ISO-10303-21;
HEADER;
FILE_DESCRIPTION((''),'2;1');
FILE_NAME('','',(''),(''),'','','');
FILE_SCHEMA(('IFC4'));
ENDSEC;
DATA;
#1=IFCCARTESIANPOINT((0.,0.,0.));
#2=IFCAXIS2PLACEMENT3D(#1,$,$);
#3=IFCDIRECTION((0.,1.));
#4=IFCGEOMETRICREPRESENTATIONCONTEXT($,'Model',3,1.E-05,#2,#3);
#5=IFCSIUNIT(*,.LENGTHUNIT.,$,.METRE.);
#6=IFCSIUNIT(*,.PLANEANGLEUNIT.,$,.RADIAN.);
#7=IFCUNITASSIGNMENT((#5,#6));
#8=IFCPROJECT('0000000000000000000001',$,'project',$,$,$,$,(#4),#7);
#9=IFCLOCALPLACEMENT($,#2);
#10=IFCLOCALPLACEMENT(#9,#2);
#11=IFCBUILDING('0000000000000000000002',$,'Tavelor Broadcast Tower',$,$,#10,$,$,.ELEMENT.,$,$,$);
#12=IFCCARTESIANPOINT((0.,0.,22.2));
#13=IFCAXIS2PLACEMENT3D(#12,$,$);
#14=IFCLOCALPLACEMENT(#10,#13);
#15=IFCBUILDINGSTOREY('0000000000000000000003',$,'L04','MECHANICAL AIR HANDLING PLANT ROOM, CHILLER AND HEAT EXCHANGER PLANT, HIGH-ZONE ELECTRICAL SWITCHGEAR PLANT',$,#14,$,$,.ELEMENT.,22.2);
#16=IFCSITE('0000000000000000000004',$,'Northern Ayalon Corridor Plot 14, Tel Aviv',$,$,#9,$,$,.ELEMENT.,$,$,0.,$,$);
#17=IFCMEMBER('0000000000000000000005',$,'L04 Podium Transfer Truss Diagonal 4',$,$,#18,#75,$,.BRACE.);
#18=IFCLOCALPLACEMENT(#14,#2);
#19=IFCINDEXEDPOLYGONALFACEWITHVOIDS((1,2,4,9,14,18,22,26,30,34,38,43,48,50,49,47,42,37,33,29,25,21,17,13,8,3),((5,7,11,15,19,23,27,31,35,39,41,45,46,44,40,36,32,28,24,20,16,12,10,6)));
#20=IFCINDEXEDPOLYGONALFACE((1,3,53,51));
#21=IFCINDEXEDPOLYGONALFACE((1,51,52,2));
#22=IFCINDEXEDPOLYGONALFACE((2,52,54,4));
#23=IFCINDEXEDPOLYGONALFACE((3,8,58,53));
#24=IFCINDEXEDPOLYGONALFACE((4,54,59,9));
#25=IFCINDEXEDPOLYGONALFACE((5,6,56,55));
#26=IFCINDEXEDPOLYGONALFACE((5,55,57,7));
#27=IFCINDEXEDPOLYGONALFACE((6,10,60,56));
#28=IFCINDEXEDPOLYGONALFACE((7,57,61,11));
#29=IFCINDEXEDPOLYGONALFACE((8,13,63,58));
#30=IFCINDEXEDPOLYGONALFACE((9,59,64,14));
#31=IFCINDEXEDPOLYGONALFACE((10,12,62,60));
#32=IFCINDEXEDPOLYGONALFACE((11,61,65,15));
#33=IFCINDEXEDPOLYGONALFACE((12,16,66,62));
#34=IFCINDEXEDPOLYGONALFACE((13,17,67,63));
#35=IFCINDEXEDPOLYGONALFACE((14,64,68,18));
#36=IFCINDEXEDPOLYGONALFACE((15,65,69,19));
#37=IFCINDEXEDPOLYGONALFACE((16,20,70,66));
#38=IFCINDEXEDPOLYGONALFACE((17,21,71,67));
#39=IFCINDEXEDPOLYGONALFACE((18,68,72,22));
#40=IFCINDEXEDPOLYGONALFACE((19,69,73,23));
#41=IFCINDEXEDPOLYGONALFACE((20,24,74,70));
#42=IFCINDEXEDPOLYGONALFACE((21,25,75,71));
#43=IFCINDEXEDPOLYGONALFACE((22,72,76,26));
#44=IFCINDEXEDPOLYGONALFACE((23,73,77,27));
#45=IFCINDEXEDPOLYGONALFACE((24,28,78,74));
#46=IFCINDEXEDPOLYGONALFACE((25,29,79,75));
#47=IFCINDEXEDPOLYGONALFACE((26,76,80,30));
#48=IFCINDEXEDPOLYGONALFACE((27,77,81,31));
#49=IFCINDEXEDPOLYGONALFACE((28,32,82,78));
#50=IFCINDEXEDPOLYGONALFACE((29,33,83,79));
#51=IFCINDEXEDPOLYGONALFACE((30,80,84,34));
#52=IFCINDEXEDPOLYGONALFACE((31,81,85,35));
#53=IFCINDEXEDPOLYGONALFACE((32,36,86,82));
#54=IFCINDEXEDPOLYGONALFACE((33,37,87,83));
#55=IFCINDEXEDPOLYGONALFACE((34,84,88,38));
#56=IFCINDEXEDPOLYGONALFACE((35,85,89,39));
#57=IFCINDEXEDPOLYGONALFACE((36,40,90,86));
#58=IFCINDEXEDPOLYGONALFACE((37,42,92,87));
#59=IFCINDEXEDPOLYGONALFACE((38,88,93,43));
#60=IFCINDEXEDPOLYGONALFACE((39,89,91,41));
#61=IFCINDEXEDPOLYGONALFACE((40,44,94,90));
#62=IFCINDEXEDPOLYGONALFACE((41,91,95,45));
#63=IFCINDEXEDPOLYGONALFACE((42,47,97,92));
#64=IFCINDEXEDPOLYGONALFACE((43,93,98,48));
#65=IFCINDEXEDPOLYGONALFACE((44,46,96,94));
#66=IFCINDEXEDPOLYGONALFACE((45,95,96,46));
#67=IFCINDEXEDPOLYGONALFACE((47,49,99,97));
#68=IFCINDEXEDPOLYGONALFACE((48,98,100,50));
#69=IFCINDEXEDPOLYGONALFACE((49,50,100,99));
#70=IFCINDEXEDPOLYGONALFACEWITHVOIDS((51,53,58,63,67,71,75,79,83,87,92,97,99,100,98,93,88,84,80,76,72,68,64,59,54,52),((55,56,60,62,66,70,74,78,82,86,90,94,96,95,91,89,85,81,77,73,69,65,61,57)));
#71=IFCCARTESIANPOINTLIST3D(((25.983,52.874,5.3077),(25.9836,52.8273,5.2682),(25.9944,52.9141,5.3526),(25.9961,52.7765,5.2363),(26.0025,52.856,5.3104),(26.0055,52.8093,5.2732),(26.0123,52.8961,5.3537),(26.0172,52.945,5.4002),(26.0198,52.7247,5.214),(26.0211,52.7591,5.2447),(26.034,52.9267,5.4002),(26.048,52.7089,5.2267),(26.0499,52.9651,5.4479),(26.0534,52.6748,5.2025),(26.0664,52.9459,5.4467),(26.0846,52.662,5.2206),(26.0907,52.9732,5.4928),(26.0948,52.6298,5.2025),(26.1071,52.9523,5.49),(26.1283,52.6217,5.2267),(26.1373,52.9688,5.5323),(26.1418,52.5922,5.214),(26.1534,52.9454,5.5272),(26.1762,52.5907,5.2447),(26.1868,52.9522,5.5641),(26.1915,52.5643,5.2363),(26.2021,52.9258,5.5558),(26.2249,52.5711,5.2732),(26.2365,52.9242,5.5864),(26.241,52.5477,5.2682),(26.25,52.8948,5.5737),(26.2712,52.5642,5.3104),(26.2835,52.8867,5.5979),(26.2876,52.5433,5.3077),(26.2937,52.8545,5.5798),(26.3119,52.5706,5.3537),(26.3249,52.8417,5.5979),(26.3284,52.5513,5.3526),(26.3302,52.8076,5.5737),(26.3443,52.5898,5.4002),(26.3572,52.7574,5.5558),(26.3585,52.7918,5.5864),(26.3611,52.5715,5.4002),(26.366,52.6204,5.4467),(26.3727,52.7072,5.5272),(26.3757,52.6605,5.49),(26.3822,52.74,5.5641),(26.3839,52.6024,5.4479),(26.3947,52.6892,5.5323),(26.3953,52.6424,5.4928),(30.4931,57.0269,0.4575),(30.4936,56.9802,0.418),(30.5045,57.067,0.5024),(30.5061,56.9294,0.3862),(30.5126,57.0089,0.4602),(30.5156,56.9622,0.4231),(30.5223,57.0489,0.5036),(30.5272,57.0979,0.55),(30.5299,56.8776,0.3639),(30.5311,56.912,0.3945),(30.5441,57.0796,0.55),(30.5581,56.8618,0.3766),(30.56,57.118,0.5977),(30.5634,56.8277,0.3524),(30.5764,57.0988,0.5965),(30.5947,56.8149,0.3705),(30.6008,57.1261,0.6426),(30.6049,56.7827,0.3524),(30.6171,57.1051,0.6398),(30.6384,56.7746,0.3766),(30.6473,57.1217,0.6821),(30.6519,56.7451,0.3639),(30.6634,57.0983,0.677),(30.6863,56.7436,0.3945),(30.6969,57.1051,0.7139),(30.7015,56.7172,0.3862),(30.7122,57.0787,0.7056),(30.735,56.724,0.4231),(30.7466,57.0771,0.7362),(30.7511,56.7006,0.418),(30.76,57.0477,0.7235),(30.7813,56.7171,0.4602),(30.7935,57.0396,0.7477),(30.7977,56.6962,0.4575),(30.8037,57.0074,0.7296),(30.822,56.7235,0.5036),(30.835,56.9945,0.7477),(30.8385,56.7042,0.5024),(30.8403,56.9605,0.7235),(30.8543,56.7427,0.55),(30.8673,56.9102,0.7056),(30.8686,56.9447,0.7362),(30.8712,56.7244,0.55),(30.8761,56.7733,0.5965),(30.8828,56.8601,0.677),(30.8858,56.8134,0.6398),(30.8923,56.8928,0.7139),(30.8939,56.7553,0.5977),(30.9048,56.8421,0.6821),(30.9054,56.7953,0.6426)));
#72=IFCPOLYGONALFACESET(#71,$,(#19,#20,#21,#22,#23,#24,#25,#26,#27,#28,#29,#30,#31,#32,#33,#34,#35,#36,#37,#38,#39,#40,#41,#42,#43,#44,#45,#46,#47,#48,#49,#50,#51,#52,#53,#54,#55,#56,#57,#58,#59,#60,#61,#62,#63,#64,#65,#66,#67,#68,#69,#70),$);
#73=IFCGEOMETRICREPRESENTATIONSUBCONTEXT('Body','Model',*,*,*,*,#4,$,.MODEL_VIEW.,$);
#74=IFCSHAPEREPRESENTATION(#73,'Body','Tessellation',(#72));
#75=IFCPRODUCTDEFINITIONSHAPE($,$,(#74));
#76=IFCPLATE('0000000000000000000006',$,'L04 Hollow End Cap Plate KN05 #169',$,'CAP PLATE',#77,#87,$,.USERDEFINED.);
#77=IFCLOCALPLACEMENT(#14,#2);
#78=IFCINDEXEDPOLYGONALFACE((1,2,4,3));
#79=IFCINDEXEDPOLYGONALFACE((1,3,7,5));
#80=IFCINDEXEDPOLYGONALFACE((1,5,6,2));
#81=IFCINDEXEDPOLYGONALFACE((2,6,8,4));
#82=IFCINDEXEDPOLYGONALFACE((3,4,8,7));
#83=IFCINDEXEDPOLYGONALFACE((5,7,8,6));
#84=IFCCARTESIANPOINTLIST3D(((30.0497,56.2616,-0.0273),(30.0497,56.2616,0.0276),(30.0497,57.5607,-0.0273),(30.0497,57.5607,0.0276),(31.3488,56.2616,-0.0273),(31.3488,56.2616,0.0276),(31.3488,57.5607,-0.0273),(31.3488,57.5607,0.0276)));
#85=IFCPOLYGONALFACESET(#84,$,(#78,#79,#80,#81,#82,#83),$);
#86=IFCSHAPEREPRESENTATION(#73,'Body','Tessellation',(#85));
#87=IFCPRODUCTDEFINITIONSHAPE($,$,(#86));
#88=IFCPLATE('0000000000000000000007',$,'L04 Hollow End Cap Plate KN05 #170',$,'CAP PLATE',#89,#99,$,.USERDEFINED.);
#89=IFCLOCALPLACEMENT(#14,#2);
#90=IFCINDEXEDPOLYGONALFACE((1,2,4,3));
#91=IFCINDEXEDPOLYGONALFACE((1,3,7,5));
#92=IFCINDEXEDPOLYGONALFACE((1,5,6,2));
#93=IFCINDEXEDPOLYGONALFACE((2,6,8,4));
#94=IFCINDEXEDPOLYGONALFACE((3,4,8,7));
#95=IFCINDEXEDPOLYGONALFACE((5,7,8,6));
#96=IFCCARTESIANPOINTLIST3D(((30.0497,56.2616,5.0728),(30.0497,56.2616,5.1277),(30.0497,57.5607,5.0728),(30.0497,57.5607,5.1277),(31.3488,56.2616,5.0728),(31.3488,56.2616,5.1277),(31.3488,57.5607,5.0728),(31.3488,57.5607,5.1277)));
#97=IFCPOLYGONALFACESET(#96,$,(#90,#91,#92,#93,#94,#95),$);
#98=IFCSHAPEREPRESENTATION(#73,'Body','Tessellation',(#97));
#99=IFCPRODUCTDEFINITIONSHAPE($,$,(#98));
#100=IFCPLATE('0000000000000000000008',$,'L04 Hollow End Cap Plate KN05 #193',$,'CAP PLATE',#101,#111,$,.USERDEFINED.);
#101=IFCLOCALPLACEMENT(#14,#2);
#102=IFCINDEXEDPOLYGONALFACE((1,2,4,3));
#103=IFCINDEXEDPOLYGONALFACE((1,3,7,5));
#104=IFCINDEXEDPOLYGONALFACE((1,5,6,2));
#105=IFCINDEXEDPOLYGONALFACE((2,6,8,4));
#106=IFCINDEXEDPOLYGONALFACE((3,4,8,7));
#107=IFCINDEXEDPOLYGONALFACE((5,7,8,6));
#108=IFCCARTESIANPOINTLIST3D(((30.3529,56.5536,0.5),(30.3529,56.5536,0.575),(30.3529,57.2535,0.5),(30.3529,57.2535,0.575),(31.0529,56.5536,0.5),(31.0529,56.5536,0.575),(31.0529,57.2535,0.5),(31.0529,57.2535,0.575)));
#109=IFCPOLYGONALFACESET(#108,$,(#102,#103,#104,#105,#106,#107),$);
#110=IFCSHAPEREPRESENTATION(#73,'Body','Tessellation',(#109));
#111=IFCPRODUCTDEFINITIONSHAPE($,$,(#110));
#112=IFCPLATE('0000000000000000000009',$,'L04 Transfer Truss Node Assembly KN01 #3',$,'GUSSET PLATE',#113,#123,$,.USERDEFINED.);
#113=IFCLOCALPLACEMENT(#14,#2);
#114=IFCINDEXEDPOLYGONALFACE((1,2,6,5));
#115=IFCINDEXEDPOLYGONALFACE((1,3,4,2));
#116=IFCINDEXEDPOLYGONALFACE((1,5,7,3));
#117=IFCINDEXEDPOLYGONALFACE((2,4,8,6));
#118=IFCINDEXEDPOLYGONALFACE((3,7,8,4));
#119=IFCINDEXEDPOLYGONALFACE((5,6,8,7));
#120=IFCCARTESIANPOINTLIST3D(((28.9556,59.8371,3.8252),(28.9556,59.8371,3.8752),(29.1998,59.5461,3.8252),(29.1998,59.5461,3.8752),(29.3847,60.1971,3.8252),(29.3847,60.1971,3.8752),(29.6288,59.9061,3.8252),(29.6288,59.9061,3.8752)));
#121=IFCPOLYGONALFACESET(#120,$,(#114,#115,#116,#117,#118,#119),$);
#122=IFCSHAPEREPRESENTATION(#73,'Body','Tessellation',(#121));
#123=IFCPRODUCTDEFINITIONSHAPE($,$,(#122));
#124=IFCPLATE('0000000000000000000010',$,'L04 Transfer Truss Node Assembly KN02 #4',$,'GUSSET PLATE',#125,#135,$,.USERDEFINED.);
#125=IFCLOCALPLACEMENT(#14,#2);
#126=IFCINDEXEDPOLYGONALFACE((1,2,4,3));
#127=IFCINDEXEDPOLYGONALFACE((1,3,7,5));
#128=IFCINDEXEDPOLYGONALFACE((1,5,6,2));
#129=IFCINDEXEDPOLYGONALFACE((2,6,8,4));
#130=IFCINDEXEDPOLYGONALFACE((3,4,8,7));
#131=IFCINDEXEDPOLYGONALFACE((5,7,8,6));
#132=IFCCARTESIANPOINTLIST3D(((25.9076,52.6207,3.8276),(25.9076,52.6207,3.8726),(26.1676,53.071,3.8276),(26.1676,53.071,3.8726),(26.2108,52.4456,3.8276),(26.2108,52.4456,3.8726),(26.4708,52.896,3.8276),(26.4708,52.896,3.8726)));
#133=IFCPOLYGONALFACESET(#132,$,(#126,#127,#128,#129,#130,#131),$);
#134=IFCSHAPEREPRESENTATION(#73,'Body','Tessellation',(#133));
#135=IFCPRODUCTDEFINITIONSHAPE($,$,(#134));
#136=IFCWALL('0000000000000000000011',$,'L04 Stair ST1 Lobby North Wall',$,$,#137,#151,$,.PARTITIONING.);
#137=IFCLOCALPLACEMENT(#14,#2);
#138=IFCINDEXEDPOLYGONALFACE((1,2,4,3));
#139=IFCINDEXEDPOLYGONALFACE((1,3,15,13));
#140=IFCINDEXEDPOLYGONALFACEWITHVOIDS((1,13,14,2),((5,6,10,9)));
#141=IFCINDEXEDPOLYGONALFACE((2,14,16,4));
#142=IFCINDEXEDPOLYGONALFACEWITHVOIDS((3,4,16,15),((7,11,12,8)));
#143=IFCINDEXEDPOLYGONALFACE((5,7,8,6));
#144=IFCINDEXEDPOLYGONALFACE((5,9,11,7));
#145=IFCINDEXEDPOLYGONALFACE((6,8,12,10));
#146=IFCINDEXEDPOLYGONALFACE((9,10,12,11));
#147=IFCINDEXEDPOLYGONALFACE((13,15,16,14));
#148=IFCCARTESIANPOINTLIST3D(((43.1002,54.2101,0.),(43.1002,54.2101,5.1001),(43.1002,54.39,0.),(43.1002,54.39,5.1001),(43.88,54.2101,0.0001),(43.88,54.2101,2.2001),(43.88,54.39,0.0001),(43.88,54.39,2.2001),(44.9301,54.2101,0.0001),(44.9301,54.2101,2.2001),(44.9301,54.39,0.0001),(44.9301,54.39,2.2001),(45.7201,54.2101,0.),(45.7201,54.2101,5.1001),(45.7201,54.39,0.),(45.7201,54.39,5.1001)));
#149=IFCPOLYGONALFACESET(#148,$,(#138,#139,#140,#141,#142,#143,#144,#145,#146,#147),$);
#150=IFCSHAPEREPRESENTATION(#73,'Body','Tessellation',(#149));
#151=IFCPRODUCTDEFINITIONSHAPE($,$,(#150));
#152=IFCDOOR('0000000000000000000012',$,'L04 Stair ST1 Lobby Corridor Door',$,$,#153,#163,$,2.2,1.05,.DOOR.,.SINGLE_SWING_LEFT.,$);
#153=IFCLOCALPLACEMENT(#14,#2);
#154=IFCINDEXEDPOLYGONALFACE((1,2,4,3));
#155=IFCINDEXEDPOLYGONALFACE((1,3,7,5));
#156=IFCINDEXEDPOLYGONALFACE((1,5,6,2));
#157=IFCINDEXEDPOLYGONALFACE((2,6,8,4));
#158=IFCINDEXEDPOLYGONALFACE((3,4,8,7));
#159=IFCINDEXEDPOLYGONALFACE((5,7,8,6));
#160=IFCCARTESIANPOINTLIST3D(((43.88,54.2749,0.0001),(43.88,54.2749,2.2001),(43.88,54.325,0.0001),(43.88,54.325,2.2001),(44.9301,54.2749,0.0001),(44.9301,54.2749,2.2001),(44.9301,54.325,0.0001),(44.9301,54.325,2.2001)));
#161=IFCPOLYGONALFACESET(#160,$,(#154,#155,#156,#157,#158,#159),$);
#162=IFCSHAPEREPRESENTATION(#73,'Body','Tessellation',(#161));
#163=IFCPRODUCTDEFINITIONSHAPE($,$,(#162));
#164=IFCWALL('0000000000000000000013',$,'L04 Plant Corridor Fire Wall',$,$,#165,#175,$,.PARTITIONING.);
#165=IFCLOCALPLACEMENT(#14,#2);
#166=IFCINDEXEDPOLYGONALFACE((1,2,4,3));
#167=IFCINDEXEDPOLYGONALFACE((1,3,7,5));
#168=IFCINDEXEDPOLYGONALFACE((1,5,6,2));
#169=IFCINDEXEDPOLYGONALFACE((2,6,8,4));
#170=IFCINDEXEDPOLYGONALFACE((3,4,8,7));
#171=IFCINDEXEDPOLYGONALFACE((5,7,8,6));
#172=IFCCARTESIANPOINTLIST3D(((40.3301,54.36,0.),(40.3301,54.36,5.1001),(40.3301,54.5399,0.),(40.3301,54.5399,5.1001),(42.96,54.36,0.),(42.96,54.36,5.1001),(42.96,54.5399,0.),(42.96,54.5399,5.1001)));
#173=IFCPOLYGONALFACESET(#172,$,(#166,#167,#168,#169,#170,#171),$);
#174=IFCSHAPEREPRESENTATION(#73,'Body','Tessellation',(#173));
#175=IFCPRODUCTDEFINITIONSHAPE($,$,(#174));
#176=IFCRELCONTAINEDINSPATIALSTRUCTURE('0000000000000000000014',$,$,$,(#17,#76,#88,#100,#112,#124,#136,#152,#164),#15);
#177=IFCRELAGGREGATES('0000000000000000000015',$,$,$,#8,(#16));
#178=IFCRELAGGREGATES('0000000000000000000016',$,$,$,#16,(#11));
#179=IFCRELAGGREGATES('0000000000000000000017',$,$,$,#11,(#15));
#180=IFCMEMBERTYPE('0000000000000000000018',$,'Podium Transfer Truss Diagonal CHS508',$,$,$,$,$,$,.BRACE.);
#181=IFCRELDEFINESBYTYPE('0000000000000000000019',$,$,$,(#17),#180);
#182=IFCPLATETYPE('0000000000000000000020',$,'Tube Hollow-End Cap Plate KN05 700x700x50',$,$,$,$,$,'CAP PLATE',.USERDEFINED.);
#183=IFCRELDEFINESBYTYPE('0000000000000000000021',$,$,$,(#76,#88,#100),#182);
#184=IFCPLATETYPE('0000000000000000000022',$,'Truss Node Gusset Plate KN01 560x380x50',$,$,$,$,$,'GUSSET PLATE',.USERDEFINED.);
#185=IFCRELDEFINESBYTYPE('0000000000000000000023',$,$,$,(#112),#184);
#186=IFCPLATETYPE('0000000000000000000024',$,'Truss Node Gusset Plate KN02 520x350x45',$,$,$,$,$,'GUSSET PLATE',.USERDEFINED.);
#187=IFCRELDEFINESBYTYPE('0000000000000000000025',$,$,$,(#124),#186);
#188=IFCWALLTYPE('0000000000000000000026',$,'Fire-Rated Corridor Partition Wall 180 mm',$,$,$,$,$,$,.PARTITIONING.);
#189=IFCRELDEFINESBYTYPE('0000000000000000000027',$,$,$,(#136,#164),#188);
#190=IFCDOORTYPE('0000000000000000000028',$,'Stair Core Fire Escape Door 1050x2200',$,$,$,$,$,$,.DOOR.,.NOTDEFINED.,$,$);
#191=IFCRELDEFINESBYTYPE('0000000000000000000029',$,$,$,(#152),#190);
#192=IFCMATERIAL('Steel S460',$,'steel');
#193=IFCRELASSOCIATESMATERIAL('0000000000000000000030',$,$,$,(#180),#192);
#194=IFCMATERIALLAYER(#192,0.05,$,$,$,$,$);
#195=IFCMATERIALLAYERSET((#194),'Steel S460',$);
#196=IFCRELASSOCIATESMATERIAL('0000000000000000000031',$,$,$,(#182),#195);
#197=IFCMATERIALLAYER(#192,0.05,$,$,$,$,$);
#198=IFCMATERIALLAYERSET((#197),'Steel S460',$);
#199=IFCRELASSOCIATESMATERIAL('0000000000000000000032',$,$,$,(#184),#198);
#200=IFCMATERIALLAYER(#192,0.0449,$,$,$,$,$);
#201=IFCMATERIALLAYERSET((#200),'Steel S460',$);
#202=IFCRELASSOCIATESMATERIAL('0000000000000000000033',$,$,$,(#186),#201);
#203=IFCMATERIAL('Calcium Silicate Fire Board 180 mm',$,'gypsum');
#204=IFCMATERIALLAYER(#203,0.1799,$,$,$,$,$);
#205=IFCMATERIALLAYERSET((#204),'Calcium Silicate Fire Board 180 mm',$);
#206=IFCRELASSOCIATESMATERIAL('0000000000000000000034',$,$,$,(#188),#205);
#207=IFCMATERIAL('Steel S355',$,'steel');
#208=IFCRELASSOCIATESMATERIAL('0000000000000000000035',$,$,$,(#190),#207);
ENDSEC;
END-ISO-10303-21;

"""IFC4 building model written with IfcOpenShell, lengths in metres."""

from ifc_helpers import new_model, si_unit, direction, frame, frame_2d, origin, origin_2d, place, context, subcontext, project, spatial, rectangle, hollow_circle, extrude, source, transform, mapped, material, layer, layer_set, material_profile, profile_set, type_object, type_shapes, element, fill, save


model = new_model("IFC4")

# Units and contexts
model_context = context("Model", 3, precision=1e-05, world=origin(), true_north=direction((0.0, 1.0)))
body_context = subcontext(model_context, "Body", "Model", "MODEL_VIEW")
ifc_project = project(units=[si_unit("LENGTHUNIT", "METRE"), si_unit("PLANEANGLEUNIT", "RADIAN")], contexts=[model_context])

# Site, building, storey
site_placement = place(None, origin())
site = spatial("IfcSite", under=ifc_project, at=site_placement, Name="Northern Ayalon Corridor Plot 14, Tel Aviv", CompositionType="ELEMENT", RefElevation=0.0)
building_placement = place(site_placement, origin())
building = spatial("IfcBuilding", under=site, at=building_placement, Name="Tavelor Broadcast Tower", CompositionType="ELEMENT")
storey_placement = place(building_placement, frame((0.0, 0.0, 22.2)))
storey = spatial("IfcBuildingStorey", under=building, at=storey_placement, Name="L04", Description="MECHANICAL AIR HANDLING PLANT ROOM, CHILLER AND HEAT EXCHANGER PLANT, HIGH-ZONE ELECTRICAL SWITCHGEAR PLANT", CompositionType="ELEMENT", Elevation=22.2)

# Shared definitions
ifc_material_1 = material(Name="Steel S460", Category="steel")

# Member
ifc_material_profile_1 = material_profile(ifc_material_1, hollow_circle(Radius=0.2539, WallThickness=0.0249, at=origin_2d()), Name="CHS 508x25")
ifc_profile_set_1 = profile_set([ifc_material_profile_1], Name="Steel S460")
member_type = type_object("IfcMemberType", Name="Podium Transfer Truss Diagonal CHS508", PredefinedType="BRACE", material=ifc_profile_set_1)
member_1_placement = place(storey_placement, frame((30.6992, 56.9111, 0.55), z_axis=(-0.576929, -0.531238, 0.620434), x_axis=(0.677377, -0.735636, 0.0)))
element("IfcMember", 1, at=member_1_placement, inside=storey, type_object=member_type, Name="L04 Podium Transfer Truss Diagonal 4", PredefinedType="BRACE", context=body_context, shape_type="SweptSolid", body=[
    extrude(hollow_circle(Radius=0.2539, WallThickness=0.0249, at=origin_2d()), origin(), (0.0, 0.0, 1.0), 7.8174),
])

# Plates
ifc_layer_1 = layer(ifc_material_1, 0.05)
ifc_layer_set_1 = layer_set([ifc_layer_1], Name="Steel S460")
plate_type_1 = type_object("IfcPlateType", Name="Tube Hollow-End Cap Plate KN05 700x700x50", ElementType="CAP PLATE", PredefinedType="USERDEFINED", material=ifc_layer_set_1)
shared_shape_1 = source(origin(), body_context, "Body", "SweptSolid", [
    extrude(rectangle(XDim=1.2991, YDim=1.2991, at=origin_2d()), origin(), (0.0, 0.0, 1.0), 0.0549),
])
for number, where, z_axis, x_axis, name in (
    (2, (30.6992, 56.9111, -0.0273), (0.0, 0.0, 1.0), (1.0, 0.0, 0.0), "L04 Hollow End Cap Plate KN05 #169"),
    (3, (30.6992, 56.9111, 5.0728), (0.0, 0.0, 1.0), (1.0, 0.0, 0.0), "L04 Hollow End Cap Plate KN05 #170"),
):
    element("IfcPlate", number, at=place(storey_placement, frame(where, z_axis=z_axis, x_axis=x_axis)), inside=storey, type_object=plate_type_1, Name=name, ObjectType="CAP PLATE", PredefinedType="USERDEFINED", context=body_context, shape_type="MappedRepresentation", body=[
        mapped(shared_shape_1, transform((0.0, 0.0, 0.0), scale=1.0)),
    ])
shared_shape_2 = source(origin(), body_context, "Body", "SweptSolid", [
    extrude(rectangle(XDim=0.7, YDim=0.7, at=origin_2d()), origin(), (0.0, 0.0, 1.0), 0.075),
])
type_shapes(plate_type_1, [shared_shape_1, shared_shape_2])
plate_1_placement = place(storey_placement, frame((30.7029, 56.9036, 0.5), z_axis=(0.0, 0.0, 1.0), x_axis=(1.0, 0.0, 0.0)))
element("IfcPlate", 4, at=plate_1_placement, inside=storey, type_object=plate_type_1, Name="L04 Hollow End Cap Plate KN05 #193", ObjectType="CAP PLATE", PredefinedType="USERDEFINED", context=body_context, shape_type="MappedRepresentation", body=[
    mapped(shared_shape_2, transform((0.0, 0.0, 0.0), scale=1.0)),
])
ifc_layer_2 = layer(ifc_material_1, 0.05)
ifc_layer_set_2 = layer_set([ifc_layer_2], Name="Steel S460")
plate_type_2 = type_object("IfcPlateType", Name="Truss Node Gusset Plate KN01 560x380x50", ElementType="GUSSET PLATE", PredefinedType="USERDEFINED", material=ifc_layer_set_2)
shared_shape_3 = source(origin(), body_context, "Body", "SweptSolid", [
    extrude(rectangle(XDim=0.5601, YDim=0.3799, at=origin_2d()), origin(), (0.0, 0.0, 1.0), 0.05),
])
type_shapes(plate_type_2, [shared_shape_3])
plate_2_placement = place(storey_placement, frame((29.2922, 59.8716, 3.8252), z_axis=(0.0, 0.0, 1.0), x_axis=(0.766044, 0.642788, 0.0)))
element("IfcPlate", 5, at=plate_2_placement, inside=storey, type_object=plate_type_2, Name="L04 Transfer Truss Node Assembly KN01 #3", ObjectType="GUSSET PLATE", PredefinedType="USERDEFINED", context=body_context, shape_type="MappedRepresentation", body=[
    mapped(shared_shape_3, transform((0.0, 0.0, 0.0), scale=1.0)),
])
ifc_layer_3 = layer(ifc_material_1, 0.0449)
ifc_layer_set_3 = layer_set([ifc_layer_3], Name="Steel S460")
plate_type_3 = type_object("IfcPlateType", Name="Truss Node Gusset Plate KN02 520x350x45", ElementType="GUSSET PLATE", PredefinedType="USERDEFINED", material=ifc_layer_set_3)
shared_shape_4 = source(origin(), body_context, "Body", "SweptSolid", [
    extrude(rectangle(XDim=0.52, YDim=0.3501, at=origin_2d()), origin(), (0.0, 0.0, 1.0), 0.0449),
])
type_shapes(plate_type_3, [shared_shape_4])
plate_3_placement = place(storey_placement, frame((26.1892, 52.7583, 3.8276), z_axis=(0.0, 0.0, 1.0), x_axis=(0.5, 0.866025, 0.0)))
element("IfcPlate", 6, at=plate_3_placement, inside=storey, type_object=plate_type_3, Name="L04 Transfer Truss Node Assembly KN02 #4", ObjectType="GUSSET PLATE", PredefinedType="USERDEFINED", context=body_context, shape_type="MappedRepresentation", body=[
    mapped(shared_shape_4, transform((0.0, 0.0, 0.0), scale=1.0)),
])

# Wall, opening, door
ifc_material_2 = material(Name="Calcium Silicate Fire Board 180 mm", Category="gypsum")
ifc_layer_4 = layer(ifc_material_2, 0.1799)
ifc_layer_set_4 = layer_set([ifc_layer_4], Name="Calcium Silicate Fire Board 180 mm")
wall_type_1 = type_object("IfcWallType", Name="Fire-Rated Corridor Partition Wall 180 mm", PredefinedType="PARTITIONING", material=ifc_layer_set_4)
wall_1_placement = place(storey_placement, frame((43.1001, 54.3, 0.0), z_axis=(0.0, 0.0, 1.0), x_axis=(1.0, 0.0, 0.0)))
wall_1 = element("IfcWall", 7, at=wall_1_placement, inside=storey, type_object=wall_type_1, Name="L04 Stair ST1 Lobby North Wall", PredefinedType="PARTITIONING", context=body_context, shape_type="SweptSolid", body=[
    extrude(rectangle(XDim=2.6199, YDim=0.1799, at=frame_2d((1.3101, 0.0))), origin(), (0.0, 0.0, 1.0), 5.1001),
])
opening_placement = place(wall_1_placement, frame((0.78, 0.0, 0.0)))
opening = element("IfcOpeningElement", 8, at=opening_placement, cuts=wall_1, PredefinedType="OPENING", context=body_context, shape_type="SweptSolid", body=[
    extrude(rectangle(XDim=1.05, YDim=2.2, at=frame_2d((0.5249, 1.1001))), frame((0.0, 0.1001, 0.0), z_axis=(0.0, -1.0, 0.0), x_axis=(1.0, 0.0, 0.0)), (0.0, 0.0, 1.0), 0.2),
])
ifc_material_3 = material(Name="Steel S355", Category="steel")
door_type = type_object("IfcDoorType", Name="Stair Core Fire Escape Door 1050x2200", OperationType="NOTDEFINED", PredefinedType="DOOR", material=ifc_material_3)
door_placement = place(opening_placement, origin())
door = element("IfcDoor", 9, at=door_placement, inside=storey, type_object=door_type, Name="L04 Stair ST1 Lobby Corridor Door", OperationType="SINGLE_SWING_LEFT", OverallHeight=2.2, OverallWidth=1.05, PredefinedType="DOOR", context=body_context, shape_type="SweptSolid", body=[
    extrude(rectangle(XDim=1.05, YDim=2.2, at=frame_2d((0.5249, 1.1001))), frame((0.0, 0.0249, 0.0), z_axis=(0.0, -1.0, 0.0), x_axis=(1.0, 0.0, 0.0)), (0.0, 0.0, 1.0), 0.05),
])
fill(opening, door)

# Wall
wall_2_placement = place(storey_placement, frame((40.3301, 54.45, 0.0), z_axis=(0.0, 0.0, 1.0), x_axis=(1.0, 0.0, 0.0)))
element("IfcWall", 10, at=wall_2_placement, inside=storey, type_object=wall_type_1, Name="L04 Plant Corridor Fire Wall", PredefinedType="PARTITIONING", context=body_context, shape_type="SweptSolid", body=[
    extrude(rectangle(XDim=2.6299, YDim=0.1799, at=frame_2d((1.3149, 0.0))), origin(), (0.0, 0.0, 1.0), 5.1001),
])

save(model, "model.ifc")
